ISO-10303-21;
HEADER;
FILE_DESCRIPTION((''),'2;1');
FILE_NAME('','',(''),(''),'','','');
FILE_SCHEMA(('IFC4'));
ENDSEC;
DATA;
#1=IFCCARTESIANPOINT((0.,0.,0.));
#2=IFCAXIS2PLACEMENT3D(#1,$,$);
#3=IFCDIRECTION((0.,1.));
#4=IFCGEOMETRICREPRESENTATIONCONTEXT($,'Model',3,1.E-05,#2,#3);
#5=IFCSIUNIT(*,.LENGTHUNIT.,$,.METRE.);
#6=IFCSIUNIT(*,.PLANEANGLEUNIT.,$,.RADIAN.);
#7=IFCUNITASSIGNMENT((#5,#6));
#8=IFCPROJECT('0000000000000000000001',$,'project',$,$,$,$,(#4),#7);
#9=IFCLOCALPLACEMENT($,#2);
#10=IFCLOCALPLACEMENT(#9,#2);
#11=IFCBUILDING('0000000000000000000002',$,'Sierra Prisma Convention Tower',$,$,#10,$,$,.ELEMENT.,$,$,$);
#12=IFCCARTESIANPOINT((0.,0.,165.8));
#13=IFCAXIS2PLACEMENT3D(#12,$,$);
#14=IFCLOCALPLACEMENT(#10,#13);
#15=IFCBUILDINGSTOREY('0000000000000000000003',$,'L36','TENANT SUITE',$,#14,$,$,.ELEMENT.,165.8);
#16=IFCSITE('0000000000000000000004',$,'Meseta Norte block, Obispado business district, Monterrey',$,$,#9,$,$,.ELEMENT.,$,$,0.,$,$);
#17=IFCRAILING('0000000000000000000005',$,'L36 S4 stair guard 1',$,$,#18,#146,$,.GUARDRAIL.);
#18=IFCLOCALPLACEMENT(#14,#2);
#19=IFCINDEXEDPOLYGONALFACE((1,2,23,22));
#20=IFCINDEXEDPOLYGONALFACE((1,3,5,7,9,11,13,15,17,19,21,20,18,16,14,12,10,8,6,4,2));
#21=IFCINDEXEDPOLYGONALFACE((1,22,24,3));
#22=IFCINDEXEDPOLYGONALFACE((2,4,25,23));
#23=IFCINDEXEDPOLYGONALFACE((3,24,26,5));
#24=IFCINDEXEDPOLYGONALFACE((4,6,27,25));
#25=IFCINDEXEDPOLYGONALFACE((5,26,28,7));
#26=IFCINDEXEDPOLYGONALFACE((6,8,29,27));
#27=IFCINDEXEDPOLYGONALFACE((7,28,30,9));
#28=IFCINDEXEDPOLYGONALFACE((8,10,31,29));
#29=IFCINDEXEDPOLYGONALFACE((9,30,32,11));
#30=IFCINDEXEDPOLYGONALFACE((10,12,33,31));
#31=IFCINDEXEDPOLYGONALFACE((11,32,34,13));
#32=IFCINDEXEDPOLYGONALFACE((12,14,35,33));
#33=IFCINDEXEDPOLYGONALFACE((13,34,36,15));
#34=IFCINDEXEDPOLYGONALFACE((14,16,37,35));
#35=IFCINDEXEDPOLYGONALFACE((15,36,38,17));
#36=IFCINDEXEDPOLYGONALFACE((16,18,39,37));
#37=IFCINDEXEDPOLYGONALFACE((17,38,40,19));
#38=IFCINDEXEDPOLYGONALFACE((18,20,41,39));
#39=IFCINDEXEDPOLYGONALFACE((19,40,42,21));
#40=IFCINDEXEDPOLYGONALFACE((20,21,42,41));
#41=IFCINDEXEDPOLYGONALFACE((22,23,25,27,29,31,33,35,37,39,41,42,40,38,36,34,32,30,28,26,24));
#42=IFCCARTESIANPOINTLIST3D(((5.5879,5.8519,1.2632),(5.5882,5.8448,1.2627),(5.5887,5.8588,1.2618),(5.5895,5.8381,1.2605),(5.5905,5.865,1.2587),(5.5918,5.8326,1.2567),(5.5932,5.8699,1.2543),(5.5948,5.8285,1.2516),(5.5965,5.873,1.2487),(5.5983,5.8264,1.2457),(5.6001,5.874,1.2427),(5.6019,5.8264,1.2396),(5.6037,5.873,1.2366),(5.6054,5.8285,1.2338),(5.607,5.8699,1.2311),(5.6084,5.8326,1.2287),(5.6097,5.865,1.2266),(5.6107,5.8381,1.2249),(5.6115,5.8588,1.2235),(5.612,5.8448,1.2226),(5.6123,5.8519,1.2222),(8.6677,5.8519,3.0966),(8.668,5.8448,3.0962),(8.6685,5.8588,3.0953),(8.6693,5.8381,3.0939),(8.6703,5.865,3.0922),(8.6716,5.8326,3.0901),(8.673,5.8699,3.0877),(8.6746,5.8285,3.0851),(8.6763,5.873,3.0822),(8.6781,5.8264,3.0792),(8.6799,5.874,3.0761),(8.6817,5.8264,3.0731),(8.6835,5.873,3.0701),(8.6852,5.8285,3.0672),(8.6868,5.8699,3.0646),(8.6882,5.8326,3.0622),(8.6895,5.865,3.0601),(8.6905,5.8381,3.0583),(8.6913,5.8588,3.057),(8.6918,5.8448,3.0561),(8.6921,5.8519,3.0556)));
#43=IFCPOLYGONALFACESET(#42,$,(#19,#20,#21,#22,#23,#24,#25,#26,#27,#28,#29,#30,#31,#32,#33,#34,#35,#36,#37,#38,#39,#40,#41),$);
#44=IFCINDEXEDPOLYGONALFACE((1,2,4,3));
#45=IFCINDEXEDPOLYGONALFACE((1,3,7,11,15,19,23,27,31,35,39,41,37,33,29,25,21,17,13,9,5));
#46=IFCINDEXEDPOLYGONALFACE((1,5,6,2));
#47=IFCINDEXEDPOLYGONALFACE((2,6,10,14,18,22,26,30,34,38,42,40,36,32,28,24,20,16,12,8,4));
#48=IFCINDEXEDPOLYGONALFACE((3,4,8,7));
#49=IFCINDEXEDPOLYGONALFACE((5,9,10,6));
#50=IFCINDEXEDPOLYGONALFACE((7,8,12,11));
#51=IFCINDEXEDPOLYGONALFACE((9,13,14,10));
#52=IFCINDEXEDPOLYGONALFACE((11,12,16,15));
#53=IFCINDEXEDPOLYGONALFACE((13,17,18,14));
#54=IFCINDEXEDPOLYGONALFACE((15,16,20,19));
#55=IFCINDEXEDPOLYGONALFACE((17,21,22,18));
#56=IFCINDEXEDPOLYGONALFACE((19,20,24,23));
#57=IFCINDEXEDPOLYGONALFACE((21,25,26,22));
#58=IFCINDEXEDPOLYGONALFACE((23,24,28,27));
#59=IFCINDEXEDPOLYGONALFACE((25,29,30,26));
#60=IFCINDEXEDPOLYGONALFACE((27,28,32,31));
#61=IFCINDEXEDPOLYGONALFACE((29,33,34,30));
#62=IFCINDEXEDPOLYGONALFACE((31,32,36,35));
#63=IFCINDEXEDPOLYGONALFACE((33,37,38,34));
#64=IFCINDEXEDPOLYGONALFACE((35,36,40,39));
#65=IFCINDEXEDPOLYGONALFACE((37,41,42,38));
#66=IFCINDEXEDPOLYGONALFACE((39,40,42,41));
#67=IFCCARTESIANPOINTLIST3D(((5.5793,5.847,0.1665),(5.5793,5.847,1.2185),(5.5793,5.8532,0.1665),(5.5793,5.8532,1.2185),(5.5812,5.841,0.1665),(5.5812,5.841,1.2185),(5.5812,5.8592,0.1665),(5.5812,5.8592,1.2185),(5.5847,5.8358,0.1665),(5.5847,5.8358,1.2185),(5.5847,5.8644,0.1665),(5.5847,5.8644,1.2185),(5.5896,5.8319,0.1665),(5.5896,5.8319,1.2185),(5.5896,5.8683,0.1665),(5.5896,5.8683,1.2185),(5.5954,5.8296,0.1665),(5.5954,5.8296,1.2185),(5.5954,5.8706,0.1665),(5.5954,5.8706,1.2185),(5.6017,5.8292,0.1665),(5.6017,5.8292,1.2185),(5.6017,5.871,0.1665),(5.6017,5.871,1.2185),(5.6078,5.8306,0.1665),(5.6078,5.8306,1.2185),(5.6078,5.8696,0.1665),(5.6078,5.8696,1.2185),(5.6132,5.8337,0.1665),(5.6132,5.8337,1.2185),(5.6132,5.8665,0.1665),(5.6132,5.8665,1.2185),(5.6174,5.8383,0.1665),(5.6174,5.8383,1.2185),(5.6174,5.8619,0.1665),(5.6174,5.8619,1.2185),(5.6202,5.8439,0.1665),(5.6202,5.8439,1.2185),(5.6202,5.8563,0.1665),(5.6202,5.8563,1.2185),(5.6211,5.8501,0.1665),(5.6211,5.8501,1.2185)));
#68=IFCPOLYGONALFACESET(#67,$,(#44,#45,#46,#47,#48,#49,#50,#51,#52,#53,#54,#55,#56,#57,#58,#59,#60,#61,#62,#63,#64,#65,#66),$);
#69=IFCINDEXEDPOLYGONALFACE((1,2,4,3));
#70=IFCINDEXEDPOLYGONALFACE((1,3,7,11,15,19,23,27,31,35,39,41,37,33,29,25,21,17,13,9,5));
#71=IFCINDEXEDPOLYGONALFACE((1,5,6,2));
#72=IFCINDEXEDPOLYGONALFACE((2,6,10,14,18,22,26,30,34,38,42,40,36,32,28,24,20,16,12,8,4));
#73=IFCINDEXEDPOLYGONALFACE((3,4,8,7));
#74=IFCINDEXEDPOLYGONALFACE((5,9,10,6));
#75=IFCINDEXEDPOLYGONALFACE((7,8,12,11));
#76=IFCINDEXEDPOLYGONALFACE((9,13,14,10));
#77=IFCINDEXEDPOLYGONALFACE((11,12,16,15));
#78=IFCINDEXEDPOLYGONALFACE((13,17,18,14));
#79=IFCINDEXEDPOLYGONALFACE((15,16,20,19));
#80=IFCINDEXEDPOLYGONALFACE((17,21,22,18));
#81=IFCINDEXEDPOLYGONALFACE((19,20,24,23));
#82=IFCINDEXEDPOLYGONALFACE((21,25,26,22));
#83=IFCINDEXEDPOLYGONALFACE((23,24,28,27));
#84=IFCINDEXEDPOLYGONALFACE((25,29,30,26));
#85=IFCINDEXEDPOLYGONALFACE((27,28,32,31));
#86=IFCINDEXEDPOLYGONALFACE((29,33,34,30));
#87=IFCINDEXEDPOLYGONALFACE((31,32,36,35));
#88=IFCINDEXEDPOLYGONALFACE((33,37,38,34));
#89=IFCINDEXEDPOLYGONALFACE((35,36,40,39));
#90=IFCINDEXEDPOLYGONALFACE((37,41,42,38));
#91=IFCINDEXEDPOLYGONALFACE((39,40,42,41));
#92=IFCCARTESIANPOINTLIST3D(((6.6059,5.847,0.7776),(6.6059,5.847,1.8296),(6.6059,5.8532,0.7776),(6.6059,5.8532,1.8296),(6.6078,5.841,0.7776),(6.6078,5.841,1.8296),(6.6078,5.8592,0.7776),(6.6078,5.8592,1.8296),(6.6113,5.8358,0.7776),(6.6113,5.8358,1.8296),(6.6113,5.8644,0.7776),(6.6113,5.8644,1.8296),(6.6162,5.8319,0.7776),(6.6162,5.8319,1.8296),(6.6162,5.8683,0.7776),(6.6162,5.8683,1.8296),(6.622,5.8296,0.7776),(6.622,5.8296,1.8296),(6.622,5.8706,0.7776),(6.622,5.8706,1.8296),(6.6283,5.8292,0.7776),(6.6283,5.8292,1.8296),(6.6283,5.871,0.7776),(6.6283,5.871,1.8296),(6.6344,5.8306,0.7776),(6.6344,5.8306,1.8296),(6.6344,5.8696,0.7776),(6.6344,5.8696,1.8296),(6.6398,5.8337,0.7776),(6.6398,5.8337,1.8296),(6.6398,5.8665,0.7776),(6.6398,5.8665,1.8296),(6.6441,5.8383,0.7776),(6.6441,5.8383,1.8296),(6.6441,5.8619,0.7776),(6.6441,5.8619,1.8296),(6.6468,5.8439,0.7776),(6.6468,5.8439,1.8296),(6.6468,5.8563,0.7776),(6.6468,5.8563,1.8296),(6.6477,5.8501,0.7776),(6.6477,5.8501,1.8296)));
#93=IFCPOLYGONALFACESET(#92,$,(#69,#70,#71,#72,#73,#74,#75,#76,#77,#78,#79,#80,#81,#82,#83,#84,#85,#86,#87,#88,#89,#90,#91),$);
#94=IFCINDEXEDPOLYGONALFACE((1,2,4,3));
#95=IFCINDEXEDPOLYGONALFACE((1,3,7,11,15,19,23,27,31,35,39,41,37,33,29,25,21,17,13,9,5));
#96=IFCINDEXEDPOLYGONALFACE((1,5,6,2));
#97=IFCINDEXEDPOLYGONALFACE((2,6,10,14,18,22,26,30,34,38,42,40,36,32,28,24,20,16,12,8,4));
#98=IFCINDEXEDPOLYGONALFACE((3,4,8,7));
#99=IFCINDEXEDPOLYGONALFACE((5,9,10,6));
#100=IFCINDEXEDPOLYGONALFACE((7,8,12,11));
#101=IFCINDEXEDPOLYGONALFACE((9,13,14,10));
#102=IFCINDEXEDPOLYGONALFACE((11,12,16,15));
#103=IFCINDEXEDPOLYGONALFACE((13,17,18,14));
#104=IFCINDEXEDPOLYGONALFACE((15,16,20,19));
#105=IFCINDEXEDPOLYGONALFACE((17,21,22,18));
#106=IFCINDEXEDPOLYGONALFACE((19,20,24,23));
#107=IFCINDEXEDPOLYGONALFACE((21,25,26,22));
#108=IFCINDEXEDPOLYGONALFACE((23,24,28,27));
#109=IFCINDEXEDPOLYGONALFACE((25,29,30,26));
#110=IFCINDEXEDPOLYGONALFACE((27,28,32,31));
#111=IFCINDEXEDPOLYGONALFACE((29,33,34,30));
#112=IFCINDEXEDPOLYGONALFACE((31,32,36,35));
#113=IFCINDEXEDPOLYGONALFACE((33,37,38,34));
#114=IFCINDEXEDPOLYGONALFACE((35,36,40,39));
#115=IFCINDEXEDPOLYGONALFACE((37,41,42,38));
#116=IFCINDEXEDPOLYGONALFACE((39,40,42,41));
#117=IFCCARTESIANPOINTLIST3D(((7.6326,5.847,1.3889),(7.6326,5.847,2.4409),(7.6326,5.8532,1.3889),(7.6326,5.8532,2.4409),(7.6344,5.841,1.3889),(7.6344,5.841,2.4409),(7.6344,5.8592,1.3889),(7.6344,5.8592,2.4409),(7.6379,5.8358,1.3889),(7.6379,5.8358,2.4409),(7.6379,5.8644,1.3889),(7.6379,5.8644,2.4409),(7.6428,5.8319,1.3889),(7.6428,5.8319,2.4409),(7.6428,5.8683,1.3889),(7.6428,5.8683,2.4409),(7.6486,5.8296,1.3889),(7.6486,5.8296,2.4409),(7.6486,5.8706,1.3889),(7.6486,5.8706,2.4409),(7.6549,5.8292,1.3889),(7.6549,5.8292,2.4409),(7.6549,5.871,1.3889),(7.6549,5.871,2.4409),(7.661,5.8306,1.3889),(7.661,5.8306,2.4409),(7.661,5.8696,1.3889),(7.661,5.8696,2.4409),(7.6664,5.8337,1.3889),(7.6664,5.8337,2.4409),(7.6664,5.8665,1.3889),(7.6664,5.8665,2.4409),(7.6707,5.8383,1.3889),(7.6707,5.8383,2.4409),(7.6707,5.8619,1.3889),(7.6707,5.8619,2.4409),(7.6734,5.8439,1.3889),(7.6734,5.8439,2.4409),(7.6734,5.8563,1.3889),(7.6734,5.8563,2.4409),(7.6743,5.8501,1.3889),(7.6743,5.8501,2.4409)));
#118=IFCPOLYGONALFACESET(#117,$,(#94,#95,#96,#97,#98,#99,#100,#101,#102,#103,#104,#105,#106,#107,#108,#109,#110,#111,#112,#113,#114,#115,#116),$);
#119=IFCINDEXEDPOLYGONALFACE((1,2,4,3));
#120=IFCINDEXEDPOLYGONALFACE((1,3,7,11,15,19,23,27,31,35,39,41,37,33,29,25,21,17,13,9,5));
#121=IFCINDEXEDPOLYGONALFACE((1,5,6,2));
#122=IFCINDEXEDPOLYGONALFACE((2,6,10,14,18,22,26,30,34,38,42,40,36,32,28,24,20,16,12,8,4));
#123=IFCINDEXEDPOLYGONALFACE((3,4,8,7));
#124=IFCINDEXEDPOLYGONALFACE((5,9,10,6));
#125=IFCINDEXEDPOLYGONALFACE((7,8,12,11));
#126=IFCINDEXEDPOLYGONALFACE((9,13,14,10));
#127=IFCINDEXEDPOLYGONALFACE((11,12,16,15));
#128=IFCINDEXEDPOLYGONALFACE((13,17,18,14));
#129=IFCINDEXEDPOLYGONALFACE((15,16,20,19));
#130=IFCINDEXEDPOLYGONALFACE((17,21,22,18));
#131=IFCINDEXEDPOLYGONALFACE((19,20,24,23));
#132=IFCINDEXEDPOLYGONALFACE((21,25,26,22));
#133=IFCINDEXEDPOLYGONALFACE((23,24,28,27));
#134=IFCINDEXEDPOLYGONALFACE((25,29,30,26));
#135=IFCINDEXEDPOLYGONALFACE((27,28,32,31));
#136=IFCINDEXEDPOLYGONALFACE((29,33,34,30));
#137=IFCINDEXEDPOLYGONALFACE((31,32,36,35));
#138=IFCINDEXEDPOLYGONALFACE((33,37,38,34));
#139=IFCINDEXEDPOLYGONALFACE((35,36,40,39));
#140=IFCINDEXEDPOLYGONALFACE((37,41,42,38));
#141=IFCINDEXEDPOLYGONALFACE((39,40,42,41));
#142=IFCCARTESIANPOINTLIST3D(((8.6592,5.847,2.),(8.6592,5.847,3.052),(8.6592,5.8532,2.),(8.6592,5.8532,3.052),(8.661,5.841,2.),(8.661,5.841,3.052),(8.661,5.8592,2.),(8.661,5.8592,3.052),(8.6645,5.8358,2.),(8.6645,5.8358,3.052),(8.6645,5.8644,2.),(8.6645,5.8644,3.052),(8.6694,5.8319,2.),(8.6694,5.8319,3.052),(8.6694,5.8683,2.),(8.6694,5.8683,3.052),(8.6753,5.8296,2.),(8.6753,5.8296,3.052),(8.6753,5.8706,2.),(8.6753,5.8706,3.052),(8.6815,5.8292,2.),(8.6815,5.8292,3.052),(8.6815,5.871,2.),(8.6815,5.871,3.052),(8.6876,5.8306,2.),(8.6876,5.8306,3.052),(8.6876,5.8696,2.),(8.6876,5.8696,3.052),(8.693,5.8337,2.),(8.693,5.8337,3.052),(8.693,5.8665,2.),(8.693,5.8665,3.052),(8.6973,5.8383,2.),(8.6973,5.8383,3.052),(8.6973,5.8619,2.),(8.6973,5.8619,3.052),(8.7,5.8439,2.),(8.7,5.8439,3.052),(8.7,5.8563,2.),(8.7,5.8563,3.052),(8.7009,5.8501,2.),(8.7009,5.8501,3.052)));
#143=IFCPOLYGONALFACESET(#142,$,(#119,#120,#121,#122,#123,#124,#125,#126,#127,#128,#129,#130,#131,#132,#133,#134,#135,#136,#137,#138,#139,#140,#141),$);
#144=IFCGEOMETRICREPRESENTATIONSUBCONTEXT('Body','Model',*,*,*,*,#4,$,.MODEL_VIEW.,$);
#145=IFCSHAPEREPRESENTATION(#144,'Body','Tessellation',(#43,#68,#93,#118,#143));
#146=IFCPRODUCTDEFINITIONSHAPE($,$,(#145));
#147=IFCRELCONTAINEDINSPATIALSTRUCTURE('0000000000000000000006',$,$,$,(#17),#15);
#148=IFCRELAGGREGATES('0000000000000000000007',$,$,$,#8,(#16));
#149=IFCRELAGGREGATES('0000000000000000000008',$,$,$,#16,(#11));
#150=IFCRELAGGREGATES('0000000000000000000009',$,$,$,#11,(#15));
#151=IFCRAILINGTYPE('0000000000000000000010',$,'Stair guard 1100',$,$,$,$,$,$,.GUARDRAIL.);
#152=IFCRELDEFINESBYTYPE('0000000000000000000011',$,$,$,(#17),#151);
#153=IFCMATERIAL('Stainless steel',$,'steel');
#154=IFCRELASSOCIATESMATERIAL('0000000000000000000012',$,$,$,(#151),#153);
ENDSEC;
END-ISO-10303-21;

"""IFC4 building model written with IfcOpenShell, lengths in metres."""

from ifc_helpers import new_model, si_unit, direction, frame, origin, origin_2d, place, context, subcontext, project, spatial, circle, extrude, material, type_object, element, save


model = new_model("IFC4")

# Units and contexts
model_context = context("Model", 3, precision=1e-05, world=origin(), true_north=direction((0.0, 1.0)))
body_context = subcontext(model_context, "Body", "Model", "MODEL_VIEW")
ifc_project = project(units=[si_unit("LENGTHUNIT", "METRE"), si_unit("PLANEANGLEUNIT", "RADIAN")], contexts=[model_context])

# Site, building, storey
site_placement = place(None, origin())
site = spatial("IfcSite", under=ifc_project, at=site_placement, Name="Meseta Norte block, Obispado business district, Monterrey", CompositionType="ELEMENT", RefElevation=0.0)
building_placement = place(site_placement, origin())
building = spatial("IfcBuilding", under=site, at=building_placement, Name="Sierra Prisma Convention Tower", CompositionType="ELEMENT")
storey_placement = place(building_placement, frame((0.0, 0.0, 165.8)))
storey = spatial("IfcBuildingStorey", under=building, at=storey_placement, Name="L36", Description="TENANT SUITE", CompositionType="ELEMENT", Elevation=165.8)

# Railing
ifc_material_1 = material(Name="Stainless steel", Category="steel")
railing_type = type_object("IfcRailingType", Name="Stair guard 1100", PredefinedType="GUARDRAIL", material=ifc_material_1)
railing_1_placement = place(storey_placement, frame((5.6001, 5.8501, 0.1665)))
element("IfcRailing", 1, at=railing_1_placement, inside=storey, type_object=railing_type, Name="L36 S4 stair guard 1", PredefinedType="GUARDRAIL", context=body_context, shape_type="SweptSolid", body=[
    extrude(circle(Radius=0.0239, at=origin_2d()), frame((0.0, 0.0, 1.0762), z_axis=(0.859261, 0.0, 0.511538), x_axis=(0.0, 1.0, 0.0)), (0.0, 0.0, 1.0), 3.5842),
    extrude(circle(Radius=0.021, at=origin_2d()), origin(), (0.0, 0.0, 1.0), 1.052),
    extrude(circle(Radius=0.021, at=origin_2d()), frame((1.0266, 0.0, 0.6111)), (0.0, 0.0, 1.0), 1.052),
    extrude(circle(Radius=0.021, at=origin_2d()), frame((2.0532, 0.0, 1.2224)), (0.0, 0.0, 1.0), 1.052),
    extrude(circle(Radius=0.021, at=origin_2d()), frame((3.0798, 0.0, 1.8335)), (0.0, 0.0, 1.0), 1.052),
])

save(model, "model.ifc")
